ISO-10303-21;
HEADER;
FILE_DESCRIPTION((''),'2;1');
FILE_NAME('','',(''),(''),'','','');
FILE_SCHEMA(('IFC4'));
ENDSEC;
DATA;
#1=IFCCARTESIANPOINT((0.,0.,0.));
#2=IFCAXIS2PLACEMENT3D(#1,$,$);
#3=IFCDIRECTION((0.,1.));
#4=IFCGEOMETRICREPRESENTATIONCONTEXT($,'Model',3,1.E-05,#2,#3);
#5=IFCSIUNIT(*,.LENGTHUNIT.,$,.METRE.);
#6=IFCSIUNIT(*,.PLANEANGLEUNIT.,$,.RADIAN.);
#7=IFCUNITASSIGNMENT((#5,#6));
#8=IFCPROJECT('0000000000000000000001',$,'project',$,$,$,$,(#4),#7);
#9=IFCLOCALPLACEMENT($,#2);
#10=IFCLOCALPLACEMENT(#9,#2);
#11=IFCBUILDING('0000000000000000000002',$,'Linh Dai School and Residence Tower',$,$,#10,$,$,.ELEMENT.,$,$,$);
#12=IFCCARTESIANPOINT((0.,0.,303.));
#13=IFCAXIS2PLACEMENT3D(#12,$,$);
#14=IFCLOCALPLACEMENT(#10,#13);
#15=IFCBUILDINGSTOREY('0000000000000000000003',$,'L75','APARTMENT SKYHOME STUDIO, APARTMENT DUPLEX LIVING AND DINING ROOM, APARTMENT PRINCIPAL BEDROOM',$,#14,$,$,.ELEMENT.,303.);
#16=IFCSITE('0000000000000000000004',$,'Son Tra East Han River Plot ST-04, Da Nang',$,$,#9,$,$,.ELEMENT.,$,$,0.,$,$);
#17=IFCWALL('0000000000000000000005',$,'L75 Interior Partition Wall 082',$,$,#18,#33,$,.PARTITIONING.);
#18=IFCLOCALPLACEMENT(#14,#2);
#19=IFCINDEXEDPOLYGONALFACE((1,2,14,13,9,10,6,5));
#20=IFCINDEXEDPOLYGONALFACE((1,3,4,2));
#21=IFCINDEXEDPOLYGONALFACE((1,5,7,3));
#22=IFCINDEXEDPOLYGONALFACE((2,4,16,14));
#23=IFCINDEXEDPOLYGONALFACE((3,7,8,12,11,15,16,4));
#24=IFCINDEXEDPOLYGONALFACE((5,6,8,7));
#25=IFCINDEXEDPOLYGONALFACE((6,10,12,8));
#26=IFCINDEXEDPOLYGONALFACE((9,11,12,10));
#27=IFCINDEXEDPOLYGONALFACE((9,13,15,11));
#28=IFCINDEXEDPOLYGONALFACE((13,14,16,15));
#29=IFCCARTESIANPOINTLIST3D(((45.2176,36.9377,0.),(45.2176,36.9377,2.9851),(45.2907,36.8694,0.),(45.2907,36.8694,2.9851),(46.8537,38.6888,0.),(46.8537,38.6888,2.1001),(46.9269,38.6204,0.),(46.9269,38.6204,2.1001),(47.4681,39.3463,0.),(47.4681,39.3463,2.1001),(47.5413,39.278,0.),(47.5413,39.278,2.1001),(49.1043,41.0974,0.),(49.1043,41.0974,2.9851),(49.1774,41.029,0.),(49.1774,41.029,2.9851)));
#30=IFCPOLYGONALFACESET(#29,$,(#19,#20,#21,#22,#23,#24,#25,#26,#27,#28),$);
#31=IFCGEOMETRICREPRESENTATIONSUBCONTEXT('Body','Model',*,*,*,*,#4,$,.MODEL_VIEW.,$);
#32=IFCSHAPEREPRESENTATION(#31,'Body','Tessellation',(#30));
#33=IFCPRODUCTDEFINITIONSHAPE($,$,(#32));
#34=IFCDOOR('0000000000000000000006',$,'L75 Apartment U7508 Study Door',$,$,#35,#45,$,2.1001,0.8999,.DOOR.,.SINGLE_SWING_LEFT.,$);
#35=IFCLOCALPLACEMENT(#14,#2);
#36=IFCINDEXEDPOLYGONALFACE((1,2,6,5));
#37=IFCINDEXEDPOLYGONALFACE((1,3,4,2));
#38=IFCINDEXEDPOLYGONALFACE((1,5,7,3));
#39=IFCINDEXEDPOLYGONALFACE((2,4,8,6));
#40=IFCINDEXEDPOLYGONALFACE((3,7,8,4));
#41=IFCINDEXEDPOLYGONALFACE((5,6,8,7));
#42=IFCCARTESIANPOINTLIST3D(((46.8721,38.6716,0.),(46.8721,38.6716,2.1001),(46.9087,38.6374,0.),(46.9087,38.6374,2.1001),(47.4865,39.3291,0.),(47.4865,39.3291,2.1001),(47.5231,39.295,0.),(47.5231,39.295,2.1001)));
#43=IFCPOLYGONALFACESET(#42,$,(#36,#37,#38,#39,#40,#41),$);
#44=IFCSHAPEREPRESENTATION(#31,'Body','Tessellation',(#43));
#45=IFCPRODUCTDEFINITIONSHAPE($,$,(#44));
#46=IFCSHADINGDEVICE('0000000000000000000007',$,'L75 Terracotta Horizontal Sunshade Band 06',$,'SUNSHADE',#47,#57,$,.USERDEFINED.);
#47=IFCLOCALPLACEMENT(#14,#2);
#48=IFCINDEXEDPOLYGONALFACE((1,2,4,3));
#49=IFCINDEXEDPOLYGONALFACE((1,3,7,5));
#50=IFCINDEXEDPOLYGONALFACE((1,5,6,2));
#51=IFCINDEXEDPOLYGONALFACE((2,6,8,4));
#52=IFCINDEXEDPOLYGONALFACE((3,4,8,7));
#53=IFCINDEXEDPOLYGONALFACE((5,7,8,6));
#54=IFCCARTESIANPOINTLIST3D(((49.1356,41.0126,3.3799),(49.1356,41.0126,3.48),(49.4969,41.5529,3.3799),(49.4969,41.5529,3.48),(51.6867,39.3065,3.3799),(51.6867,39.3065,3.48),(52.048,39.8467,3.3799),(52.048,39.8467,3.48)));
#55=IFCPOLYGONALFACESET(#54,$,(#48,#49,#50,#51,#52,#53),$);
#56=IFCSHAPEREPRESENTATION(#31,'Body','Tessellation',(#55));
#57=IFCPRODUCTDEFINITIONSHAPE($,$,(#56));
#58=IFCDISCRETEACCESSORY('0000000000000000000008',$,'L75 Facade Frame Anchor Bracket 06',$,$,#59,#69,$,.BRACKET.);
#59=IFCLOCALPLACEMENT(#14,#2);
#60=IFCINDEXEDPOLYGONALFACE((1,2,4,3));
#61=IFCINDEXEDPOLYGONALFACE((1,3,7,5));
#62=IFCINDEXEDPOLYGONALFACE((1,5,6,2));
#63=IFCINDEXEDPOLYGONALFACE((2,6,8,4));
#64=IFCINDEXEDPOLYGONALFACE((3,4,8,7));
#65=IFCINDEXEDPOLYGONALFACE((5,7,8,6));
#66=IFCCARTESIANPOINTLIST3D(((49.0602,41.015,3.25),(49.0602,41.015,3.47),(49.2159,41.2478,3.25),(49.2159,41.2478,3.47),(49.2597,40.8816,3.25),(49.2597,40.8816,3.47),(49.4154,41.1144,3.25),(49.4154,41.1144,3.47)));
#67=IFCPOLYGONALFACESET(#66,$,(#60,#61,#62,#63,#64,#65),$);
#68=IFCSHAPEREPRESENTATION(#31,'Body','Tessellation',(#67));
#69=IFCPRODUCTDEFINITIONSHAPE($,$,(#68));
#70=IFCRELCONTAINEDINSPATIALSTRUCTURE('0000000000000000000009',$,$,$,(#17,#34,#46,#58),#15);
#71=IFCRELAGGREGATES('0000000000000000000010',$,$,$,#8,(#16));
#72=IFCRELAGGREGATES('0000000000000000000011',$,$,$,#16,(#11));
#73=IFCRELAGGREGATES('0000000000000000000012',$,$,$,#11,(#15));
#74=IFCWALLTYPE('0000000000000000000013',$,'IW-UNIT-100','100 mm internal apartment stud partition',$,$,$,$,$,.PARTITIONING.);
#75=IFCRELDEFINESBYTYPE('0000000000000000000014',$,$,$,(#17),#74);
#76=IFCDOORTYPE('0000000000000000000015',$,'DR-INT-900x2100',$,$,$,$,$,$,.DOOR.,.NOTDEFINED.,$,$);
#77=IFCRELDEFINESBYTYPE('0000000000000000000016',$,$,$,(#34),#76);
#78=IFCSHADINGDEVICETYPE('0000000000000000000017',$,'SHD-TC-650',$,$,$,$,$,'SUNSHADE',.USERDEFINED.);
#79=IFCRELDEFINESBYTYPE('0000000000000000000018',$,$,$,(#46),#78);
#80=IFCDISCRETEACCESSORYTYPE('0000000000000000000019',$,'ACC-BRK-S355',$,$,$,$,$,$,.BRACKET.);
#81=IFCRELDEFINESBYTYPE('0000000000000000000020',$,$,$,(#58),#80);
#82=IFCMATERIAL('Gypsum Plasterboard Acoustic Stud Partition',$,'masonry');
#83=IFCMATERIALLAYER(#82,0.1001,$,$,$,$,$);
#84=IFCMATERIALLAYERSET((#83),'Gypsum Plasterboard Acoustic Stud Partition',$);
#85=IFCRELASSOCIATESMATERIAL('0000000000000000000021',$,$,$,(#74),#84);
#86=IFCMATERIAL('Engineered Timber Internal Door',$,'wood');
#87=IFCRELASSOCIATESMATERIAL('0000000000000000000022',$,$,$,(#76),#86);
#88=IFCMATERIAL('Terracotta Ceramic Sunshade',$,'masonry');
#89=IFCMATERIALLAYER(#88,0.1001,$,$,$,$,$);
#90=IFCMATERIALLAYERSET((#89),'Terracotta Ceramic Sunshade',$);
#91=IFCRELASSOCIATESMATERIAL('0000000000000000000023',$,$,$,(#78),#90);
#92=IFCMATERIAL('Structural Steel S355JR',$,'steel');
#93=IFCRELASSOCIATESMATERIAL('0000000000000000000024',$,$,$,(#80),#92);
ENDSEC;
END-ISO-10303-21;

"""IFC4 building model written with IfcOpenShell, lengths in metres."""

from ifc_helpers import new_model, si_unit, direction, frame, frame_2d, origin, origin_2d, place, context, subcontext, project, spatial, rectangle, extrude, source, transform, mapped, material, layer, layer_set, type_object, element, fill, save


model = new_model("IFC4")

# Units and contexts
model_context = context("Model", 3, precision=1e-05, world=origin(), true_north=direction((0.0, 1.0)))
body_context = subcontext(model_context, "Body", "Model", "MODEL_VIEW")
ifc_project = project(units=[si_unit("LENGTHUNIT", "METRE"), si_unit("PLANEANGLEUNIT", "RADIAN")], contexts=[model_context])

# Site, building, storey
site_placement = place(None, origin())
site = spatial("IfcSite", under=ifc_project, at=site_placement, Name="Son Tra East Han River Plot ST-04, Da Nang", CompositionType="ELEMENT", RefElevation=0.0)
building_placement = place(site_placement, origin())
building = spatial("IfcBuilding", under=site, at=building_placement, Name="Linh Dai School and Residence Tower", CompositionType="ELEMENT")
storey_placement = place(building_placement, frame((0.0, 0.0, 303.0)))
storey = spatial("IfcBuildingStorey", under=building, at=storey_placement, Name="L75", Description="APARTMENT SKYHOME STUDIO, APARTMENT DUPLEX LIVING AND DINING ROOM, APARTMENT PRINCIPAL BEDROOM", CompositionType="ELEMENT", Elevation=303.0)

# Shared definitions
ifc_material_1 = material(Name="Structural Steel S355JR", Category="steel")

# Wall, opening, door
ifc_material_2 = material(Name="Gypsum Plasterboard Acoustic Stud Partition", Category="masonry")
ifc_layer_1 = layer(ifc_material_2, 0.1001)
ifc_layer_set_1 = layer_set([ifc_layer_1], Name="Gypsum Plasterboard Acoustic Stud Partition")
wall_type_1 = type_object("IfcWallType", Name="IW-UNIT-100", Description="100 mm internal apartment stud partition", PredefinedType="PARTITIONING", material=ifc_layer_set_1)
wall_1_placement = place(storey_placement, frame((45.2542, 36.9036, 0.0), z_axis=(0.0, 0.0, 1.0), x_axis=(0.682728, 0.730673, 0.0)))
wall_1 = element("IfcWall", 1, at=wall_1_placement, inside=storey, type_object=wall_type_1, Name="L75 Interior Partition Wall 082", PredefinedType="PARTITIONING", context=body_context, shape_type="SweptSolid", body=[
    extrude(rectangle(XDim=5.6929, YDim=0.1001, at=frame_2d((2.8464, 0.0))), origin(), (0.0, 0.0, 1.0), 2.9851),
])
opening_1_placement = place(wall_1_placement, frame((2.3965, 0.0, 0.0)))
opening_1 = element("IfcOpeningElement", 2, at=opening_1_placement, cuts=wall_1, PredefinedType="OPENING", context=body_context, shape_type="SweptSolid", body=[
    extrude(rectangle(XDim=0.8999, YDim=2.1001, at=origin_2d()), frame((0.45, 0.0601, 1.05), z_axis=(0.0, -1.0, 0.0), x_axis=(1.0, 0.0, 0.0)), (0.0, 0.0, 1.0), 0.1201),
])
ifc_material_3 = material(Name="Engineered Timber Internal Door", Category="wood")
door_type = type_object("IfcDoorType", Name="DR-INT-900x2100", OperationType="NOTDEFINED", PredefinedType="DOOR", material=ifc_material_3)
shared_shape_1 = source(origin(), body_context, "Body", "SweptSolid", [
    extrude(rectangle(XDim=0.8999, YDim=2.1001, at=origin_2d()), frame((0.45, 0.0249, 1.05), z_axis=(0.0, -1.0, 0.0), x_axis=(1.0, 0.0, 0.0)), (0.0, 0.0, 1.0), 0.05),
])
door_placement = place(opening_1_placement, origin())
door = element("IfcDoor", 3, at=door_placement, inside=storey, type_object=door_type, Name="L75 Apartment U7508 Study Door", OperationType="SINGLE_SWING_LEFT", OverallHeight=2.1001, OverallWidth=0.8999, PredefinedType="DOOR", context=body_context, shape_type="MappedRepresentation", body=[
    mapped(shared_shape_1, transform((0.0, 0.0, 0.0), x_axis=(1.0, 0.0, 0.0), y_axis=(0.0, 1.0, 0.0), z_axis=(0.0, 0.0, 1.0), scale=1.0)),
])
fill(opening_1, door)

# Shading device
ifc_material_4 = material(Name="Terracotta Ceramic Sunshade", Category="masonry")
ifc_layer_2 = layer(ifc_material_4, 0.1001)
ifc_layer_set_2 = layer_set([ifc_layer_2], Name="Terracotta Ceramic Sunshade")
shading_device_type = type_object("IfcShadingDeviceType", Name="SHD-TC-650", ElementType="SUNSHADE", PredefinedType="USERDEFINED", material=ifc_layer_set_2)
shared_shape_2 = source(origin(), body_context, "Body", "SweptSolid", [
    extrude(rectangle(XDim=3.0691, YDim=0.6499, at=origin_2d()), origin(), (0.0, 0.0, 1.0), 0.1001),
])
shading_device_placement = place(storey_placement, frame((50.5918, 40.4297, 3.3799), z_axis=(0.0, 0.0, 1.0), x_axis=(0.831244, -0.555908, 0.0)))
element("IfcShadingDevice", 4, at=shading_device_placement, inside=storey, type_object=shading_device_type, Name="L75 Terracotta Horizontal Sunshade Band 06", ObjectType="SUNSHADE", PredefinedType="USERDEFINED", context=body_context, shape_type="MappedRepresentation", body=[
    mapped(shared_shape_2, transform((0.0, 0.0, 0.0), x_axis=(1.0, 0.0, 0.0), y_axis=(0.0, 1.0, 0.0), z_axis=(0.0, 0.0, 1.0), scale=1.0)),
])

# Discrete accessory
discrete_accessory_type = type_object("IfcDiscreteAccessoryType", Name="ACC-BRK-S355", PredefinedType="BRACKET", material=ifc_material_1)
shared_shape_3 = source(origin(), body_context, "Body", "SweptSolid", [
    extrude(rectangle(XDim=0.28, YDim=0.24, at=origin_2d()), origin(), (0.0, 0.0, 1.0), 0.22),
])
discrete_accessory_placement = place(storey_placement, frame((49.2378, 41.0647, 3.25), z_axis=(0.0, 0.0, 1.0), x_axis=(0.555908, 0.831244, 0.0)))
element("IfcDiscreteAccessory", 5, at=discrete_accessory_placement, inside=storey, type_object=discrete_accessory_type, Name="L75 Facade Frame Anchor Bracket 06", PredefinedType="BRACKET", context=body_context, shape_type="MappedRepresentation", body=[
    mapped(shared_shape_3, transform((0.0, 0.0, 0.0), x_axis=(1.0, 0.0, 0.0), y_axis=(0.0, 1.0, 0.0), z_axis=(0.0, 0.0, 1.0), scale=1.0)),
])

save(model, "model.ifc")
